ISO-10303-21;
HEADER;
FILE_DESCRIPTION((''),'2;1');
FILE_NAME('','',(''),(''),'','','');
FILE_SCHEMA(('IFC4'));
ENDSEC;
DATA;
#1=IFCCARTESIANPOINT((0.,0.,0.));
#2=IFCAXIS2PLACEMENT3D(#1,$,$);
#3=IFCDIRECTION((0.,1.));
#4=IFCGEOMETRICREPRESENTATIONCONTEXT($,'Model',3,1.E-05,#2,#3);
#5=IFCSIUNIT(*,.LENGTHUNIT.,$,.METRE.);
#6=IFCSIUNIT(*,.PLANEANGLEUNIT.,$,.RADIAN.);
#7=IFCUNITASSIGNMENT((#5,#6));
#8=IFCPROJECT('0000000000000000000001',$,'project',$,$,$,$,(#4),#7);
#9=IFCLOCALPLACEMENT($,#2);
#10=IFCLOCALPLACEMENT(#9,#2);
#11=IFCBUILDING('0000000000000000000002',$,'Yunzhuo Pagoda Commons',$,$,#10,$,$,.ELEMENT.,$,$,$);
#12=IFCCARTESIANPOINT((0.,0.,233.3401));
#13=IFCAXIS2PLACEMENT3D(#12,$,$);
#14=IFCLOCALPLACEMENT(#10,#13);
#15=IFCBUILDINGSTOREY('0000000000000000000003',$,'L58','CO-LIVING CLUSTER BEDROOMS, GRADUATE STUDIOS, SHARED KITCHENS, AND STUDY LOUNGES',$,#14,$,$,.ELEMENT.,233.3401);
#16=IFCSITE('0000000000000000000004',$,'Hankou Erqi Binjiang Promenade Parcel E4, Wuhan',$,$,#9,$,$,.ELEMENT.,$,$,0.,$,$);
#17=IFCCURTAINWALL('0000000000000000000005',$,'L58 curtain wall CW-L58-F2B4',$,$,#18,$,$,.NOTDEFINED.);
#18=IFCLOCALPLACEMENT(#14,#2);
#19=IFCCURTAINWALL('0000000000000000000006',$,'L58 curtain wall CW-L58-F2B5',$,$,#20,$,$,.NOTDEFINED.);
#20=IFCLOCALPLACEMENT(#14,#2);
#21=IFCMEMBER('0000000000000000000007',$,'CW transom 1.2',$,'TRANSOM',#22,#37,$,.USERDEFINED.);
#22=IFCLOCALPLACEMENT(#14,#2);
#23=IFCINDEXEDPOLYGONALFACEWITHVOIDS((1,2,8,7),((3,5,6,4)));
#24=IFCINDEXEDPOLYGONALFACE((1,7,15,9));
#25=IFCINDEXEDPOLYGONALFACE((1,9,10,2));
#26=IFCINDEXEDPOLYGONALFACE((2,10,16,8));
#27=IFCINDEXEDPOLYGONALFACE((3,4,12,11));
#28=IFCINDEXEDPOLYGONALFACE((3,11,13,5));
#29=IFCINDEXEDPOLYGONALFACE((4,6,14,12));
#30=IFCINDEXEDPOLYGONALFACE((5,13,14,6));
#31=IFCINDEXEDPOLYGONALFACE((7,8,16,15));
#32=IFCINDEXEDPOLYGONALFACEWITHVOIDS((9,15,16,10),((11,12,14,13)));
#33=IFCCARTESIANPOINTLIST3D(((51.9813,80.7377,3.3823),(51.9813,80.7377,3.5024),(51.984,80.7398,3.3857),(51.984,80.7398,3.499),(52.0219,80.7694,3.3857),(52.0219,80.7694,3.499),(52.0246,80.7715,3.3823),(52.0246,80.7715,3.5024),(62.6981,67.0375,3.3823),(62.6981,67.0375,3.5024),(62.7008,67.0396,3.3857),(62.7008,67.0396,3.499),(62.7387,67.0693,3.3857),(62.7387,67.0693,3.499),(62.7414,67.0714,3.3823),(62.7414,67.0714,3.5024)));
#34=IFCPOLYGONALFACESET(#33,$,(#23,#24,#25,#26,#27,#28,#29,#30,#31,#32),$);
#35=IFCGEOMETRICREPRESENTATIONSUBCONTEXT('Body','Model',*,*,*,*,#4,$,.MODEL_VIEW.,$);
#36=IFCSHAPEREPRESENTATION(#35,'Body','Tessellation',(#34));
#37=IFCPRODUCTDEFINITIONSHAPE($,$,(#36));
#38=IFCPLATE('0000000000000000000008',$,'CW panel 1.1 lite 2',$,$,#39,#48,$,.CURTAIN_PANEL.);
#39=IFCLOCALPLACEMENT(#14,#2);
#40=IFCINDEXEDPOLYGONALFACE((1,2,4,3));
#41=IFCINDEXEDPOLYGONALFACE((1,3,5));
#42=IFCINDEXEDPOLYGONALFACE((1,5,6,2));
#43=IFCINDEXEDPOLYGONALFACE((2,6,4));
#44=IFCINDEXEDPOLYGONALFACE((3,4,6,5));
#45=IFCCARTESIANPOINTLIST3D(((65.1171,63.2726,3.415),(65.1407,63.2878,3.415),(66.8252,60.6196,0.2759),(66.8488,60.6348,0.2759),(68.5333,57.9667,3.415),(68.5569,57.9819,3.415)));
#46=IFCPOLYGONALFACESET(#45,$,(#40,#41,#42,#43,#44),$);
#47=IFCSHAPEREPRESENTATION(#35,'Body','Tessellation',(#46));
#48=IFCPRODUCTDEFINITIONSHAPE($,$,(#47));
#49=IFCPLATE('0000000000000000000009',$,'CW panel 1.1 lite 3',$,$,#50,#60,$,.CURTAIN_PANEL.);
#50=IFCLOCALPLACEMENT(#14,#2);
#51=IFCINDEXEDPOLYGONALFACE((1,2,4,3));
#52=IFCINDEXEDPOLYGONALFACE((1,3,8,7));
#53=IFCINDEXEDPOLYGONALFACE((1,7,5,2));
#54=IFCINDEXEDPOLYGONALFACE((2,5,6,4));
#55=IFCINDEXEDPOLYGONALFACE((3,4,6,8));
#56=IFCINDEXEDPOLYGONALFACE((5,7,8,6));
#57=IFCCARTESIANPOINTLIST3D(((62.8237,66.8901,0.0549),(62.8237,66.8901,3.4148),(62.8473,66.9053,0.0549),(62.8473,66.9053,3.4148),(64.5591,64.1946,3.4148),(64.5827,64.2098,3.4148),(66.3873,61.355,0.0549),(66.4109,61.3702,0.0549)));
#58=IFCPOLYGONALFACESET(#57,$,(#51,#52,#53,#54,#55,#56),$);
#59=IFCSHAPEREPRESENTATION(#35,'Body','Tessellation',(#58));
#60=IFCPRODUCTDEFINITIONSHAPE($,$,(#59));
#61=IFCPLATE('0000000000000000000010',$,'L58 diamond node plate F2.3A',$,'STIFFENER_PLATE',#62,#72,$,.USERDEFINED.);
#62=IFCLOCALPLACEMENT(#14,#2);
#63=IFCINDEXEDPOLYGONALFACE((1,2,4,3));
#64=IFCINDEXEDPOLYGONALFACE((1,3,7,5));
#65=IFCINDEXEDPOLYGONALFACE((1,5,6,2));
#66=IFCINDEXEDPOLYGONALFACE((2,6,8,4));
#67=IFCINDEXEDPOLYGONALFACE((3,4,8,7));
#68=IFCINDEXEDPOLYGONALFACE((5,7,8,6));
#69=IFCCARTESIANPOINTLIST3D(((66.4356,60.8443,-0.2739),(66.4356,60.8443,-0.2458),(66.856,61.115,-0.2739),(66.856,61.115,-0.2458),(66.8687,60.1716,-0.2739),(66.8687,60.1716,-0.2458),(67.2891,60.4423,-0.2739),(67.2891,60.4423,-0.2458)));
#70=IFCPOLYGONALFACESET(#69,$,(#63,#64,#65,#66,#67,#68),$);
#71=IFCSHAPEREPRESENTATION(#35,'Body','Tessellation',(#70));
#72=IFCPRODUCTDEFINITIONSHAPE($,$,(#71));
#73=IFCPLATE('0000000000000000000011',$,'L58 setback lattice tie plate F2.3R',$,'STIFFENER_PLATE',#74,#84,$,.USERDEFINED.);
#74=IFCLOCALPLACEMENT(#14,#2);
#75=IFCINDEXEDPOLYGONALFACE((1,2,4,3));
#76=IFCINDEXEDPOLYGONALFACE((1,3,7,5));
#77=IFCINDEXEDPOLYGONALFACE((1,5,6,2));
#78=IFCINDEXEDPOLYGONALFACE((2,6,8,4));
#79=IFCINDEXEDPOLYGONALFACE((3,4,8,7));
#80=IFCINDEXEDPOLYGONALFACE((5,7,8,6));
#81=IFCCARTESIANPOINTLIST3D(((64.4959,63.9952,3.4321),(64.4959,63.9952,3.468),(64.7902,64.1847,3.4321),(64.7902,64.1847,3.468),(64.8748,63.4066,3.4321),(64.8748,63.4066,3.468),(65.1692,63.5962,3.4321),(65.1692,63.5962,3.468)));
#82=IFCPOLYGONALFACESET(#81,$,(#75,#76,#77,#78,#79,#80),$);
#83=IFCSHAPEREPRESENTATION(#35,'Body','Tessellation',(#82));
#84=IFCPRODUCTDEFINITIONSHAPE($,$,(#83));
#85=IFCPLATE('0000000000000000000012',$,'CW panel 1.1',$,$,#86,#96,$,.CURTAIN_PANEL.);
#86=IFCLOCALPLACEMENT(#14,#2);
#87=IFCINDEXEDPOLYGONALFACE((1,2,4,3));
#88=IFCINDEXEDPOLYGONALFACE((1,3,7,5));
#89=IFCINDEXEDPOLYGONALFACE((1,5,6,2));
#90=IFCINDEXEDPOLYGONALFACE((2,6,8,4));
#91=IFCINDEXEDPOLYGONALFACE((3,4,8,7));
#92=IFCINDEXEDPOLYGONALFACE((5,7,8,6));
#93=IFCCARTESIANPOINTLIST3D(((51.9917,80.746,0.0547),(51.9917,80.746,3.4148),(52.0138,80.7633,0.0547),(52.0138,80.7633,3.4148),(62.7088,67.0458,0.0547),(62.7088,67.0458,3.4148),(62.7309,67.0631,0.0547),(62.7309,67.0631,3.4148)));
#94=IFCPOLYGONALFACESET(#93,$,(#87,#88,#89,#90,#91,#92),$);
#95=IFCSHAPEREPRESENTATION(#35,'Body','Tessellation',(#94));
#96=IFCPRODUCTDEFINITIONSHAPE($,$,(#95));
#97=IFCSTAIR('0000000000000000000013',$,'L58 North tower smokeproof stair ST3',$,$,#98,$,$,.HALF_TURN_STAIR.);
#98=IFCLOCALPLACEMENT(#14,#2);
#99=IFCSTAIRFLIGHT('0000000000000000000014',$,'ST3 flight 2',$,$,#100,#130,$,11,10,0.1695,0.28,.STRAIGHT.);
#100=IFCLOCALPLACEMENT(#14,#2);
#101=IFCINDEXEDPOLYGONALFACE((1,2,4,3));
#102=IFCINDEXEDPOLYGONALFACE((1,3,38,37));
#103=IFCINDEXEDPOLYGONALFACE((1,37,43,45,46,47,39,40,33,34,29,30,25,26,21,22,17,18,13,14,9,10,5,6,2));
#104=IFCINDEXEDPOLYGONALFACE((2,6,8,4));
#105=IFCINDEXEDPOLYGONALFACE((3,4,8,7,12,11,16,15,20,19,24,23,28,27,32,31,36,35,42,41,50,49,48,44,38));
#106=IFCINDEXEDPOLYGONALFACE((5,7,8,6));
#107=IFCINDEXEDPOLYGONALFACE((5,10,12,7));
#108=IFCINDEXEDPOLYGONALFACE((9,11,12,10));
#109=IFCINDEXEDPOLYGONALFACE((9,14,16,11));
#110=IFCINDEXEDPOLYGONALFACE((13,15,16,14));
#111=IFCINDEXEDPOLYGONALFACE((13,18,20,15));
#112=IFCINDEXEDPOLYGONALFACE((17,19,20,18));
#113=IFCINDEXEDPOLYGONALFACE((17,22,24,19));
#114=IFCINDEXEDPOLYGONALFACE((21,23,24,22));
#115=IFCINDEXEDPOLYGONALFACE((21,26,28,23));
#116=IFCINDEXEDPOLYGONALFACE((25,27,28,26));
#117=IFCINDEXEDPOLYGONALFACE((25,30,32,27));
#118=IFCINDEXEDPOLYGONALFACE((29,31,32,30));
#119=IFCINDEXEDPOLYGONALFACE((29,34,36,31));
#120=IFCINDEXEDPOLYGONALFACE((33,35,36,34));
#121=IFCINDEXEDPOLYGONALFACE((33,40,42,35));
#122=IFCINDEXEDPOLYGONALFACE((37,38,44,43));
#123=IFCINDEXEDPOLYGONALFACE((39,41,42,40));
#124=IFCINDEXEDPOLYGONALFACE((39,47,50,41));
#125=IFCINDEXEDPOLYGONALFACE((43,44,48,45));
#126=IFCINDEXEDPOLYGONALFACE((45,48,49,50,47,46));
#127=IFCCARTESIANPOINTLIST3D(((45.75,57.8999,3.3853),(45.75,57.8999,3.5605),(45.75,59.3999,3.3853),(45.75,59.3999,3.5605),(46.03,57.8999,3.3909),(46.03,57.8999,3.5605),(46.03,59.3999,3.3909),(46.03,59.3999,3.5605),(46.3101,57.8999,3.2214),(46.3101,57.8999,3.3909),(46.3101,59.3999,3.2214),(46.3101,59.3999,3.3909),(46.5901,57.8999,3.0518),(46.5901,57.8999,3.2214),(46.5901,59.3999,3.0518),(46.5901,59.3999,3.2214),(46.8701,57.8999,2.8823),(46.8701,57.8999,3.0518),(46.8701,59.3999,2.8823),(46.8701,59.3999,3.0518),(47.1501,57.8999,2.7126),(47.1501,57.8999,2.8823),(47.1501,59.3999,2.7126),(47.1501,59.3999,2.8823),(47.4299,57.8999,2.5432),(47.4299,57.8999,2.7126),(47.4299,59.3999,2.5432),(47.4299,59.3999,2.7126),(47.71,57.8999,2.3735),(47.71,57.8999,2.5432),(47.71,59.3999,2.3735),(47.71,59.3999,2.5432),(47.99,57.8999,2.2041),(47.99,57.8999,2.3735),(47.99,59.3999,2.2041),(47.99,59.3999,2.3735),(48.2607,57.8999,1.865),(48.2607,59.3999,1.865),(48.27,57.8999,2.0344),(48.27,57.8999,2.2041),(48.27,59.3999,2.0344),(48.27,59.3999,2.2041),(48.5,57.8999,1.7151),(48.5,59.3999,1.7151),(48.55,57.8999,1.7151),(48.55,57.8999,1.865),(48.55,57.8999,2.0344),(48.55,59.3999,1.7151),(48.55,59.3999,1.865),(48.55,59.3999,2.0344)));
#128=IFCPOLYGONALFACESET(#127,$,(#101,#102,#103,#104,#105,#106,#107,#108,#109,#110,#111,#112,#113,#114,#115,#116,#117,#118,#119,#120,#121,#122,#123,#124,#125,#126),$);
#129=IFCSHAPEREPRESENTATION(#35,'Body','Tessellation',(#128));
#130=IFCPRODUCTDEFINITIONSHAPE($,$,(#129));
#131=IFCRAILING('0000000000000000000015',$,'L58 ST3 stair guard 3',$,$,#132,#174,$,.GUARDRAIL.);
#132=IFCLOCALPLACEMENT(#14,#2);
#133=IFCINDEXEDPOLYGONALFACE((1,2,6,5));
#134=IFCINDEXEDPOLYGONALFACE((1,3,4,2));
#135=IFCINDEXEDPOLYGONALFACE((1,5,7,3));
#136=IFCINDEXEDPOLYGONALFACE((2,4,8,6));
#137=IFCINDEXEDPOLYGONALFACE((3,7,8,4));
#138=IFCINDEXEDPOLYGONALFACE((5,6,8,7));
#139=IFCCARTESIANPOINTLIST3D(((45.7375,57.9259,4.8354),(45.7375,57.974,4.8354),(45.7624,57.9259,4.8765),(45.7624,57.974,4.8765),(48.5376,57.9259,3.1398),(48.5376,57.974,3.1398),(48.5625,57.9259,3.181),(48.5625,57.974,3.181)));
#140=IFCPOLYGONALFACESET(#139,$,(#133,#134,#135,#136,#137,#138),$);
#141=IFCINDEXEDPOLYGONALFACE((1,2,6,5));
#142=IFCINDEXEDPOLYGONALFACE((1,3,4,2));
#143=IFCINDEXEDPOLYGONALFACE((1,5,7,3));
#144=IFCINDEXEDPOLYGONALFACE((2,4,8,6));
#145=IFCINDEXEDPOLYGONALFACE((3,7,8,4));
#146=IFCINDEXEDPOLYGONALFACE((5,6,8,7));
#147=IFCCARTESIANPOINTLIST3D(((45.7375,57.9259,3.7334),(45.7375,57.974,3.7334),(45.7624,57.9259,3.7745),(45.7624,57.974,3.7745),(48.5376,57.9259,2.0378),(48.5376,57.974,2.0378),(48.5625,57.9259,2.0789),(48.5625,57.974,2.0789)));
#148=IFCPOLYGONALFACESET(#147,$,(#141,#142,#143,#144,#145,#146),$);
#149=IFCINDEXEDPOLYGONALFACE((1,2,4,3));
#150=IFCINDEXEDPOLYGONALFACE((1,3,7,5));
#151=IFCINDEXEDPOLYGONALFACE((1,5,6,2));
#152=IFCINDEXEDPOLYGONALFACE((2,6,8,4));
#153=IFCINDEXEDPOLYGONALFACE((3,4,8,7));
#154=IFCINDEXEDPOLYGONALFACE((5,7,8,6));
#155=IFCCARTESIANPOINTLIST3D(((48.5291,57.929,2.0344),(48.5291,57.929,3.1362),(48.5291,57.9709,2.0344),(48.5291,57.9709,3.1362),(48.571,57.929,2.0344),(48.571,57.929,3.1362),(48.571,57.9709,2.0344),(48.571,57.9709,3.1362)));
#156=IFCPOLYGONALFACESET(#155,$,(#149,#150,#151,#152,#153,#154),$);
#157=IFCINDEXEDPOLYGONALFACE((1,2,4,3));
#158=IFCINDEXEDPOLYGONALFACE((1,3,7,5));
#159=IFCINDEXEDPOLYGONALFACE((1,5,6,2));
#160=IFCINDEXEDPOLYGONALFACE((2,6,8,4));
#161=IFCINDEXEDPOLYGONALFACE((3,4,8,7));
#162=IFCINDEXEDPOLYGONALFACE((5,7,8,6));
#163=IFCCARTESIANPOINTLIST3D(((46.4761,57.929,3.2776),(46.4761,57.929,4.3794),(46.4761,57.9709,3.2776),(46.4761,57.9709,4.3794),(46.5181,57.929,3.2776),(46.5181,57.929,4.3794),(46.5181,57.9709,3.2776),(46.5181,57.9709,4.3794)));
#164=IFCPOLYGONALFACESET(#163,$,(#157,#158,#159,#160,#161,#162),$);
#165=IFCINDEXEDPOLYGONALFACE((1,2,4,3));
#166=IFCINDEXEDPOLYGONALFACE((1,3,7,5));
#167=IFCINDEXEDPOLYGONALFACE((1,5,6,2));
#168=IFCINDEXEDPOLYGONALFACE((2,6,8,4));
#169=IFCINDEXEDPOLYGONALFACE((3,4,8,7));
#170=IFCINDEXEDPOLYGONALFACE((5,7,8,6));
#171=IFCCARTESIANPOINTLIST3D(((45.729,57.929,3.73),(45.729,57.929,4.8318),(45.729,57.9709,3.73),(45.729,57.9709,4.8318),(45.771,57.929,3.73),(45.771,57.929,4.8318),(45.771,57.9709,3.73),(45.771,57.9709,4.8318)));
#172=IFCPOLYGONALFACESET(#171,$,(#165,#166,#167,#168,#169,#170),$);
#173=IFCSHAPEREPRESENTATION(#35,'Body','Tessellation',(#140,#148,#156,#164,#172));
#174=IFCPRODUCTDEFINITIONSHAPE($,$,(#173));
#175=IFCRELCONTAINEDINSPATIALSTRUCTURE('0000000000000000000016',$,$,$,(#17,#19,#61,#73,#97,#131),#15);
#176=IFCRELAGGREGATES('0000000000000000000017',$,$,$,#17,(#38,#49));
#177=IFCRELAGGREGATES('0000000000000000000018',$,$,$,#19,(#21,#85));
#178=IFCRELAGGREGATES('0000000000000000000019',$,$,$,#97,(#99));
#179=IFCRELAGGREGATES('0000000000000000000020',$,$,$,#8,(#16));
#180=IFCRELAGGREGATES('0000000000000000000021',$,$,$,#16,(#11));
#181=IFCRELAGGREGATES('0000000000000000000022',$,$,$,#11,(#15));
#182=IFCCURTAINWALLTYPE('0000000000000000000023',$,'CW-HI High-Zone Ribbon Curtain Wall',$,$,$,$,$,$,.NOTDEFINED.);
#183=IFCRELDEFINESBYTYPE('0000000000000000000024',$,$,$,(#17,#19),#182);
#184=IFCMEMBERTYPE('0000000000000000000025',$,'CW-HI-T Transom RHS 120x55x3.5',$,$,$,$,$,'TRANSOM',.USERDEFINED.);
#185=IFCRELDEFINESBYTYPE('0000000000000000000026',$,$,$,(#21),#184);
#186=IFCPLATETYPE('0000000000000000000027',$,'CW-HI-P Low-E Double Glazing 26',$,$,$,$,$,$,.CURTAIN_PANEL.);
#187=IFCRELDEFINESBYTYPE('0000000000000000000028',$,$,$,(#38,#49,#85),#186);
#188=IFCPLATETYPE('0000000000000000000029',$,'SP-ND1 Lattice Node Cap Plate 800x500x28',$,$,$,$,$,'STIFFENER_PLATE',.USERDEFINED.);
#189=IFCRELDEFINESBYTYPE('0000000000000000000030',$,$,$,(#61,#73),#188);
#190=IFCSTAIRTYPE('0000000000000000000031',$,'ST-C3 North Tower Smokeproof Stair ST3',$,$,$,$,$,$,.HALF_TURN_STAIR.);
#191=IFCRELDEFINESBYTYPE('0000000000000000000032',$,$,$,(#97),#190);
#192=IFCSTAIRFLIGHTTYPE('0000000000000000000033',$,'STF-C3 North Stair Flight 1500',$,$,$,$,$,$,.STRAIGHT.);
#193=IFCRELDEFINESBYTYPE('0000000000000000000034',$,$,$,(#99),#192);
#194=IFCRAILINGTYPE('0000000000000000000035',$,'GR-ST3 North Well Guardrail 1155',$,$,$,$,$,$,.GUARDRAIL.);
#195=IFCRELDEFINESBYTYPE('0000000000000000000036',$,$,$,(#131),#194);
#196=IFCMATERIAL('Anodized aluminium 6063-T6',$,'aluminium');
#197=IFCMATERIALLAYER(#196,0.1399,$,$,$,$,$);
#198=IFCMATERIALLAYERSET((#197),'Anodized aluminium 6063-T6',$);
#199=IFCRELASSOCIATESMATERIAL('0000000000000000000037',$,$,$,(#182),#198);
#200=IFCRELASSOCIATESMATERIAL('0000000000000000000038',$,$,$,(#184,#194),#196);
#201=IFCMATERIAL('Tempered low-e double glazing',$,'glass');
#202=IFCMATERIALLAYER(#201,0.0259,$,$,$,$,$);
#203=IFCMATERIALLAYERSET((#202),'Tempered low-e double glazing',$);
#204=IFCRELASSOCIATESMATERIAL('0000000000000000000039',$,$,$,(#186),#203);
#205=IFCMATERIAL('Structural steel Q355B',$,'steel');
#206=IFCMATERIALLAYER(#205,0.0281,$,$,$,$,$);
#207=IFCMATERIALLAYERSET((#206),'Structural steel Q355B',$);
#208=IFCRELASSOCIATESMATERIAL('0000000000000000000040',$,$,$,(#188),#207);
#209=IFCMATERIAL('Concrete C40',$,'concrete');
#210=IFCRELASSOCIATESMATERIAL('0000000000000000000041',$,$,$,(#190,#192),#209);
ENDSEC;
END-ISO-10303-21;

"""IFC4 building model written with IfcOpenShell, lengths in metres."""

from ifc_helpers import new_model, si_unit, direction, frame, origin, origin_2d, place, context, subcontext, project, spatial, polyline, rectangle, hollow_rectangle, outline, extrude, source, transform, mapped, material, layer, layer_set, material_profile, profile_set, type_object, element, aggregate, save


model = new_model("IFC4")

# Units and contexts
model_context = context("Model", 3, precision=1e-05, world=origin(), true_north=direction((0.0, 1.0)))
body_context = subcontext(model_context, "Body", "Model", "MODEL_VIEW")
ifc_project = project(units=[si_unit("LENGTHUNIT", "METRE"), si_unit("PLANEANGLEUNIT", "RADIAN")], contexts=[model_context])

# Site, building, storey
site_placement = place(None, origin())
site = spatial("IfcSite", under=ifc_project, at=site_placement, Name="Hankou Erqi Binjiang Promenade Parcel E4, Wuhan", CompositionType="ELEMENT", RefElevation=0.0)
building_placement = place(site_placement, origin())
building = spatial("IfcBuilding", under=site, at=building_placement, Name="Yunzhuo Pagoda Commons", CompositionType="ELEMENT")
storey_placement = place(building_placement, frame((0.0, 0.0, 233.3401)))
storey = spatial("IfcBuildingStorey", under=building, at=storey_placement, Name="L58", Description="CO-LIVING CLUSTER BEDROOMS, GRADUATE STUDIOS, SHARED KITCHENS, AND STUDY LOUNGES", CompositionType="ELEMENT", Elevation=233.3401)

# Shared definitions
ifc_material_1 = material(Name="Structural steel Q355B", Category="steel")

# Curtain wall
ifc_material_2 = material(Name="Anodized aluminium 6063-T6", Category="aluminium")
ifc_layer_1 = layer(ifc_material_2, 0.1399)
ifc_layer_set_1 = layer_set([ifc_layer_1], Name="Anodized aluminium 6063-T6")
curtain_wall_type = type_object("IfcCurtainWallType", Name="CW-HI High-Zone Ribbon Curtain Wall", PredefinedType="NOTDEFINED", material=ifc_layer_set_1)
curtain_wall_1_placement = place(storey_placement, origin())
curtain_wall_1 = element("IfcCurtainWall", 1, at=curtain_wall_1_placement, inside=storey, type_object=curtain_wall_type, Name="L58 curtain wall CW-L58-F2B4", PredefinedType="NOTDEFINED")

# Curtain wall, member
curtain_wall_2_placement = place(storey_placement, origin())
curtain_wall_2 = element("IfcCurtainWall", 2, at=curtain_wall_2_placement, inside=storey, type_object=curtain_wall_type, Name="L58 curtain wall CW-L58-F2B5", PredefinedType="NOTDEFINED")
ifc_material_profile_1 = material_profile(ifc_material_2, hollow_rectangle(XDim=0.0549, YDim=0.1201, WallThickness=0.0034, at=origin_2d()), Name="Anodized aluminium 6063-T6")
ifc_profile_set_1 = profile_set([ifc_material_profile_1], Name="Anodized aluminium 6063-T6")
member_type_1 = type_object("IfcMemberType", Name="CW-HI-T Transom RHS 120x55x3.5", ElementType="TRANSOM", PredefinedType="USERDEFINED", material=ifc_profile_set_1)
shared_shape_1 = source(origin(), body_context, "Body", "SweptSolid", [
    extrude(hollow_rectangle(XDim=0.0549, YDim=0.1201, WallThickness=0.0034, at=origin_2d()), origin(), (0.0, 0.0, 1.0), 17.3938),
])
member_1_placement = place(storey_placement, frame((62.7197, 67.0544, 3.4424), z_axis=(-0.616127, 0.787647, 0.0), x_axis=(-0.787647, -0.616127, 0.0)))
member_1 = element("IfcMember", 3, at=member_1_placement, type_object=member_type_1, Name="CW transom 1.2", ObjectType="TRANSOM", PredefinedType="USERDEFINED", context=body_context, shape_type="MappedRepresentation", body=[
    mapped(shared_shape_1, transform((0.0, 0.0, 0.0), scale=1.0)),
])

# Plates
ifc_material_3 = material(Name="Tempered low-e double glazing", Category="glass")
ifc_layer_2 = layer(ifc_material_3, 0.0259)
ifc_layer_set_2 = layer_set([ifc_layer_2], Name="Tempered low-e double glazing")
plate_type_1 = type_object("IfcPlateType", Name="CW-HI-P Low-E Double Glazing 26", PredefinedType="CURTAIN_PANEL", material=ifc_layer_set_2)
plate_1_placement = place(storey_placement, frame((66.8252, 60.6196, 1.8455), z_axis=(0.840807, 0.541334, 0.0), x_axis=(-0.541334, 0.840807, 0.0)))
plate_1 = element("IfcPlate", 4, at=plate_1_placement, type_object=plate_type_1, Name="CW panel 1.1 lite 2", PredefinedType="CURTAIN_PANEL", context=body_context, shape_type="SweptSolid", body=[
    extrude(outline(polyline([(-3.1553, 1.5696), (0.0, -1.5696), (3.1553, 1.5696), (-3.1553, 1.5696)])), origin(), (0.0, 0.0, 1.0), 0.0281),
])
plate_2_placement = place(storey_placement, frame((64.6055, 64.1226, 1.7349), z_axis=(0.840807, 0.541334, 0.0), x_axis=(-0.541334, 0.840807, 0.0)))
plate_2 = element("IfcPlate", 5, at=plate_2_placement, type_object=plate_type_1, Name="CW panel 1.1 lite 3", PredefinedType="CURTAIN_PANEL", context=body_context, shape_type="SweptSolid", body=[
    extrude(outline(polyline([(-3.2915, -1.6799), (3.2915, -1.6799), (3.2915, 1.6799), (0.0857, 1.6799), (-3.2915, -1.6799)])), origin(), (0.0, 0.0, 1.0), 0.0281),
])
aggregate(curtain_wall_1, [plate_1, plate_2])

# Plates
ifc_layer_3 = layer(ifc_material_1, 0.0281)
ifc_layer_set_3 = layer_set([ifc_layer_3], Name="Structural steel Q355B")
plate_type_2 = type_object("IfcPlateType", Name="SP-ND1 Lattice Node Cap Plate 800x500x28", ElementType="STIFFENER_PLATE", PredefinedType="USERDEFINED", material=ifc_layer_set_3)
shared_shape_2 = source(origin(), body_context, "Body", "SweptSolid", [
    extrude(rectangle(XDim=0.8, YDim=0.5, at=origin_2d()), origin(), (0.0, 0.0, 1.0), 0.0281),
])
plate_3_placement = place(storey_placement, frame((66.8623, 60.6433, -0.2739), z_axis=(0.0, 0.0, 1.0), x_axis=(-0.541341, 0.840803, 0.0)))
element("IfcPlate", 6, at=plate_3_placement, inside=storey, type_object=plate_type_2, Name="L58 diamond node plate F2.3A", ObjectType="STIFFENER_PLATE", PredefinedType="USERDEFINED", context=body_context, shape_type="MappedRepresentation", body=[
    mapped(shared_shape_2, transform((0.0, 0.0, 0.0), scale=1.0)),
])
shared_shape_3 = source(origin(), body_context, "Body", "SweptSolid", [
    extrude(rectangle(XDim=0.7, YDim=0.3501, at=origin_2d()), origin(), (0.0, 0.0, 1.0), 0.0359),
])
plate_4_placement = place(storey_placement, frame((64.8325, 63.7957, 3.4321), z_axis=(0.0, 0.0, 1.0), x_axis=(-0.541341, 0.840803, 0.0)))
element("IfcPlate", 7, at=plate_4_placement, inside=storey, type_object=plate_type_2, Name="L58 setback lattice tie plate F2.3R", ObjectType="STIFFENER_PLATE", PredefinedType="USERDEFINED", context=body_context, shape_type="MappedRepresentation", body=[
    mapped(shared_shape_3, transform((0.0, 0.0, 0.0), scale=1.0)),
])

# Plate
shared_shape_4 = source(origin(), body_context, "Body", "SweptSolid", [
    extrude(rectangle(XDim=17.394, YDim=0.0281, at=origin_2d()), origin(), (0.0, 0.0, 1.0), 3.3601),
])
plate_5_placement = place(storey_placement, frame((57.3613, 73.9045, 0.0547), z_axis=(0.0, 0.0, 1.0), x_axis=(-0.616136, 0.787639, 0.0)))
plate_5 = element("IfcPlate", 8, at=plate_5_placement, type_object=plate_type_1, Name="CW panel 1.1", PredefinedType="CURTAIN_PANEL", context=body_context, shape_type="MappedRepresentation", body=[
    mapped(shared_shape_4, transform((0.0, 0.0, 0.0), scale=1.0)),
])
aggregate(curtain_wall_2, [member_1, plate_5])

# Stair, stair flight
ifc_material_4 = material(Name="Concrete C40", Category="concrete")
stair_type = type_object("IfcStairType", Name="ST-C3 North Tower Smokeproof Stair ST3", PredefinedType="HALF_TURN_STAIR", material=ifc_material_4)
stair_placement = place(storey_placement, origin())
stair = element("IfcStair", 9, at=stair_placement, inside=storey, type_object=stair_type, Name="L58 North tower smokeproof stair ST3", PredefinedType="HALF_TURN_STAIR")
stair_flight_type = type_object("IfcStairFlightType", Name="STF-C3 North Stair Flight 1500", PredefinedType="STRAIGHT", material=ifc_material_4)
shared_shape_5 = source(origin(), body_context, "Body", "SweptSolid", [
    extrude(outline(polyline([(0.0, -0.1499), (0.0, 0.0), (0.0, 0.1694), (0.28, 0.1694), (0.28, 0.3391), (0.5601, 0.3391), (0.5601, 0.5085), (0.8401, 0.5085), (0.8401, 0.6782), (1.1201, 0.6782), (1.1201, 0.8477), (1.3999, 0.8477), (1.3999, 1.0173), (1.6799, 1.0173), (1.6799, 1.1868), (1.96, 1.1868), (1.96, 1.3564), (2.24, 1.3564), (2.24, 1.5259), (2.52, 1.5259), (2.52, 1.6956), (2.8, 1.6956), (2.8, 1.865), (2.8, 1.5203), (0.2893, 0.0), (0.05, -0.1499), (0.0, -0.1499)])), frame((0.0, 0.75, 0.0), z_axis=(0.0, -1.0, 0.0), x_axis=(1.0, 0.0, 0.0)), (0.0, 0.0, 1.0), 1.5),
])
stair_flight_placement = place(storey_placement, frame((48.55, 58.6499, 1.865), z_axis=(0.0, 0.0, 1.0), x_axis=(-1.0, 0.0, 0.0)))
stair_flight = element("IfcStairFlight", 10, at=stair_flight_placement, type_object=stair_flight_type, Name="ST3 flight 2", NumberOfRisers=11, NumberOfTreads=10, PredefinedType="STRAIGHT", RiserHeight=0.1695, TreadLength=0.28, context=body_context, shape_type="MappedRepresentation", body=[
    mapped(shared_shape_5, transform((0.0, 0.0, 0.0), scale=1.0)),
])
aggregate(stair, [stair_flight])

# Railing
railing_type_1 = type_object("IfcRailingType", Name="GR-ST3 North Well Guardrail 1155", PredefinedType="GUARDRAIL", material=ifc_material_2)
railing_1_placement = place(storey_placement, frame((48.55, 57.95, 2.0344)))
element("IfcRailing", 11, at=railing_1_placement, inside=storey, type_object=railing_type_1, Name="L58 ST3 stair guard 3", PredefinedType="GUARDRAIL", context=body_context, shape_type="SweptSolid", body=[
    extrude(rectangle(XDim=0.0481, YDim=0.0481, at=origin_2d()), frame((0.0, 0.0, 1.126), z_axis=(-0.855393, 0.0, 0.517979), x_axis=(0.0, -1.0, 0.0)), (0.0, 0.0, 1.0), 3.2734),
    extrude(rectangle(XDim=0.0481, YDim=0.0481, at=origin_2d()), frame((0.0, 0.0, 0.0239), z_axis=(-0.855393, 0.0, 0.517979), x_axis=(0.0, -1.0, 0.0)), (0.0, 0.0, 1.0), 3.2734),
    extrude(rectangle(XDim=0.042, YDim=0.042, at=origin_2d()), origin(), (0.0, 0.0, 1.0), 1.1018),
    extrude(rectangle(XDim=0.042, YDim=0.042, at=origin_2d()), frame((-2.053, 0.0, 1.2432)), (0.0, 0.0, 1.0), 1.1018),
    extrude(rectangle(XDim=0.042, YDim=0.042, at=origin_2d()), frame((-2.8, 0.0, 1.6956)), (0.0, 0.0, 1.0), 1.1018),
])

save(model, "model.ifc")
